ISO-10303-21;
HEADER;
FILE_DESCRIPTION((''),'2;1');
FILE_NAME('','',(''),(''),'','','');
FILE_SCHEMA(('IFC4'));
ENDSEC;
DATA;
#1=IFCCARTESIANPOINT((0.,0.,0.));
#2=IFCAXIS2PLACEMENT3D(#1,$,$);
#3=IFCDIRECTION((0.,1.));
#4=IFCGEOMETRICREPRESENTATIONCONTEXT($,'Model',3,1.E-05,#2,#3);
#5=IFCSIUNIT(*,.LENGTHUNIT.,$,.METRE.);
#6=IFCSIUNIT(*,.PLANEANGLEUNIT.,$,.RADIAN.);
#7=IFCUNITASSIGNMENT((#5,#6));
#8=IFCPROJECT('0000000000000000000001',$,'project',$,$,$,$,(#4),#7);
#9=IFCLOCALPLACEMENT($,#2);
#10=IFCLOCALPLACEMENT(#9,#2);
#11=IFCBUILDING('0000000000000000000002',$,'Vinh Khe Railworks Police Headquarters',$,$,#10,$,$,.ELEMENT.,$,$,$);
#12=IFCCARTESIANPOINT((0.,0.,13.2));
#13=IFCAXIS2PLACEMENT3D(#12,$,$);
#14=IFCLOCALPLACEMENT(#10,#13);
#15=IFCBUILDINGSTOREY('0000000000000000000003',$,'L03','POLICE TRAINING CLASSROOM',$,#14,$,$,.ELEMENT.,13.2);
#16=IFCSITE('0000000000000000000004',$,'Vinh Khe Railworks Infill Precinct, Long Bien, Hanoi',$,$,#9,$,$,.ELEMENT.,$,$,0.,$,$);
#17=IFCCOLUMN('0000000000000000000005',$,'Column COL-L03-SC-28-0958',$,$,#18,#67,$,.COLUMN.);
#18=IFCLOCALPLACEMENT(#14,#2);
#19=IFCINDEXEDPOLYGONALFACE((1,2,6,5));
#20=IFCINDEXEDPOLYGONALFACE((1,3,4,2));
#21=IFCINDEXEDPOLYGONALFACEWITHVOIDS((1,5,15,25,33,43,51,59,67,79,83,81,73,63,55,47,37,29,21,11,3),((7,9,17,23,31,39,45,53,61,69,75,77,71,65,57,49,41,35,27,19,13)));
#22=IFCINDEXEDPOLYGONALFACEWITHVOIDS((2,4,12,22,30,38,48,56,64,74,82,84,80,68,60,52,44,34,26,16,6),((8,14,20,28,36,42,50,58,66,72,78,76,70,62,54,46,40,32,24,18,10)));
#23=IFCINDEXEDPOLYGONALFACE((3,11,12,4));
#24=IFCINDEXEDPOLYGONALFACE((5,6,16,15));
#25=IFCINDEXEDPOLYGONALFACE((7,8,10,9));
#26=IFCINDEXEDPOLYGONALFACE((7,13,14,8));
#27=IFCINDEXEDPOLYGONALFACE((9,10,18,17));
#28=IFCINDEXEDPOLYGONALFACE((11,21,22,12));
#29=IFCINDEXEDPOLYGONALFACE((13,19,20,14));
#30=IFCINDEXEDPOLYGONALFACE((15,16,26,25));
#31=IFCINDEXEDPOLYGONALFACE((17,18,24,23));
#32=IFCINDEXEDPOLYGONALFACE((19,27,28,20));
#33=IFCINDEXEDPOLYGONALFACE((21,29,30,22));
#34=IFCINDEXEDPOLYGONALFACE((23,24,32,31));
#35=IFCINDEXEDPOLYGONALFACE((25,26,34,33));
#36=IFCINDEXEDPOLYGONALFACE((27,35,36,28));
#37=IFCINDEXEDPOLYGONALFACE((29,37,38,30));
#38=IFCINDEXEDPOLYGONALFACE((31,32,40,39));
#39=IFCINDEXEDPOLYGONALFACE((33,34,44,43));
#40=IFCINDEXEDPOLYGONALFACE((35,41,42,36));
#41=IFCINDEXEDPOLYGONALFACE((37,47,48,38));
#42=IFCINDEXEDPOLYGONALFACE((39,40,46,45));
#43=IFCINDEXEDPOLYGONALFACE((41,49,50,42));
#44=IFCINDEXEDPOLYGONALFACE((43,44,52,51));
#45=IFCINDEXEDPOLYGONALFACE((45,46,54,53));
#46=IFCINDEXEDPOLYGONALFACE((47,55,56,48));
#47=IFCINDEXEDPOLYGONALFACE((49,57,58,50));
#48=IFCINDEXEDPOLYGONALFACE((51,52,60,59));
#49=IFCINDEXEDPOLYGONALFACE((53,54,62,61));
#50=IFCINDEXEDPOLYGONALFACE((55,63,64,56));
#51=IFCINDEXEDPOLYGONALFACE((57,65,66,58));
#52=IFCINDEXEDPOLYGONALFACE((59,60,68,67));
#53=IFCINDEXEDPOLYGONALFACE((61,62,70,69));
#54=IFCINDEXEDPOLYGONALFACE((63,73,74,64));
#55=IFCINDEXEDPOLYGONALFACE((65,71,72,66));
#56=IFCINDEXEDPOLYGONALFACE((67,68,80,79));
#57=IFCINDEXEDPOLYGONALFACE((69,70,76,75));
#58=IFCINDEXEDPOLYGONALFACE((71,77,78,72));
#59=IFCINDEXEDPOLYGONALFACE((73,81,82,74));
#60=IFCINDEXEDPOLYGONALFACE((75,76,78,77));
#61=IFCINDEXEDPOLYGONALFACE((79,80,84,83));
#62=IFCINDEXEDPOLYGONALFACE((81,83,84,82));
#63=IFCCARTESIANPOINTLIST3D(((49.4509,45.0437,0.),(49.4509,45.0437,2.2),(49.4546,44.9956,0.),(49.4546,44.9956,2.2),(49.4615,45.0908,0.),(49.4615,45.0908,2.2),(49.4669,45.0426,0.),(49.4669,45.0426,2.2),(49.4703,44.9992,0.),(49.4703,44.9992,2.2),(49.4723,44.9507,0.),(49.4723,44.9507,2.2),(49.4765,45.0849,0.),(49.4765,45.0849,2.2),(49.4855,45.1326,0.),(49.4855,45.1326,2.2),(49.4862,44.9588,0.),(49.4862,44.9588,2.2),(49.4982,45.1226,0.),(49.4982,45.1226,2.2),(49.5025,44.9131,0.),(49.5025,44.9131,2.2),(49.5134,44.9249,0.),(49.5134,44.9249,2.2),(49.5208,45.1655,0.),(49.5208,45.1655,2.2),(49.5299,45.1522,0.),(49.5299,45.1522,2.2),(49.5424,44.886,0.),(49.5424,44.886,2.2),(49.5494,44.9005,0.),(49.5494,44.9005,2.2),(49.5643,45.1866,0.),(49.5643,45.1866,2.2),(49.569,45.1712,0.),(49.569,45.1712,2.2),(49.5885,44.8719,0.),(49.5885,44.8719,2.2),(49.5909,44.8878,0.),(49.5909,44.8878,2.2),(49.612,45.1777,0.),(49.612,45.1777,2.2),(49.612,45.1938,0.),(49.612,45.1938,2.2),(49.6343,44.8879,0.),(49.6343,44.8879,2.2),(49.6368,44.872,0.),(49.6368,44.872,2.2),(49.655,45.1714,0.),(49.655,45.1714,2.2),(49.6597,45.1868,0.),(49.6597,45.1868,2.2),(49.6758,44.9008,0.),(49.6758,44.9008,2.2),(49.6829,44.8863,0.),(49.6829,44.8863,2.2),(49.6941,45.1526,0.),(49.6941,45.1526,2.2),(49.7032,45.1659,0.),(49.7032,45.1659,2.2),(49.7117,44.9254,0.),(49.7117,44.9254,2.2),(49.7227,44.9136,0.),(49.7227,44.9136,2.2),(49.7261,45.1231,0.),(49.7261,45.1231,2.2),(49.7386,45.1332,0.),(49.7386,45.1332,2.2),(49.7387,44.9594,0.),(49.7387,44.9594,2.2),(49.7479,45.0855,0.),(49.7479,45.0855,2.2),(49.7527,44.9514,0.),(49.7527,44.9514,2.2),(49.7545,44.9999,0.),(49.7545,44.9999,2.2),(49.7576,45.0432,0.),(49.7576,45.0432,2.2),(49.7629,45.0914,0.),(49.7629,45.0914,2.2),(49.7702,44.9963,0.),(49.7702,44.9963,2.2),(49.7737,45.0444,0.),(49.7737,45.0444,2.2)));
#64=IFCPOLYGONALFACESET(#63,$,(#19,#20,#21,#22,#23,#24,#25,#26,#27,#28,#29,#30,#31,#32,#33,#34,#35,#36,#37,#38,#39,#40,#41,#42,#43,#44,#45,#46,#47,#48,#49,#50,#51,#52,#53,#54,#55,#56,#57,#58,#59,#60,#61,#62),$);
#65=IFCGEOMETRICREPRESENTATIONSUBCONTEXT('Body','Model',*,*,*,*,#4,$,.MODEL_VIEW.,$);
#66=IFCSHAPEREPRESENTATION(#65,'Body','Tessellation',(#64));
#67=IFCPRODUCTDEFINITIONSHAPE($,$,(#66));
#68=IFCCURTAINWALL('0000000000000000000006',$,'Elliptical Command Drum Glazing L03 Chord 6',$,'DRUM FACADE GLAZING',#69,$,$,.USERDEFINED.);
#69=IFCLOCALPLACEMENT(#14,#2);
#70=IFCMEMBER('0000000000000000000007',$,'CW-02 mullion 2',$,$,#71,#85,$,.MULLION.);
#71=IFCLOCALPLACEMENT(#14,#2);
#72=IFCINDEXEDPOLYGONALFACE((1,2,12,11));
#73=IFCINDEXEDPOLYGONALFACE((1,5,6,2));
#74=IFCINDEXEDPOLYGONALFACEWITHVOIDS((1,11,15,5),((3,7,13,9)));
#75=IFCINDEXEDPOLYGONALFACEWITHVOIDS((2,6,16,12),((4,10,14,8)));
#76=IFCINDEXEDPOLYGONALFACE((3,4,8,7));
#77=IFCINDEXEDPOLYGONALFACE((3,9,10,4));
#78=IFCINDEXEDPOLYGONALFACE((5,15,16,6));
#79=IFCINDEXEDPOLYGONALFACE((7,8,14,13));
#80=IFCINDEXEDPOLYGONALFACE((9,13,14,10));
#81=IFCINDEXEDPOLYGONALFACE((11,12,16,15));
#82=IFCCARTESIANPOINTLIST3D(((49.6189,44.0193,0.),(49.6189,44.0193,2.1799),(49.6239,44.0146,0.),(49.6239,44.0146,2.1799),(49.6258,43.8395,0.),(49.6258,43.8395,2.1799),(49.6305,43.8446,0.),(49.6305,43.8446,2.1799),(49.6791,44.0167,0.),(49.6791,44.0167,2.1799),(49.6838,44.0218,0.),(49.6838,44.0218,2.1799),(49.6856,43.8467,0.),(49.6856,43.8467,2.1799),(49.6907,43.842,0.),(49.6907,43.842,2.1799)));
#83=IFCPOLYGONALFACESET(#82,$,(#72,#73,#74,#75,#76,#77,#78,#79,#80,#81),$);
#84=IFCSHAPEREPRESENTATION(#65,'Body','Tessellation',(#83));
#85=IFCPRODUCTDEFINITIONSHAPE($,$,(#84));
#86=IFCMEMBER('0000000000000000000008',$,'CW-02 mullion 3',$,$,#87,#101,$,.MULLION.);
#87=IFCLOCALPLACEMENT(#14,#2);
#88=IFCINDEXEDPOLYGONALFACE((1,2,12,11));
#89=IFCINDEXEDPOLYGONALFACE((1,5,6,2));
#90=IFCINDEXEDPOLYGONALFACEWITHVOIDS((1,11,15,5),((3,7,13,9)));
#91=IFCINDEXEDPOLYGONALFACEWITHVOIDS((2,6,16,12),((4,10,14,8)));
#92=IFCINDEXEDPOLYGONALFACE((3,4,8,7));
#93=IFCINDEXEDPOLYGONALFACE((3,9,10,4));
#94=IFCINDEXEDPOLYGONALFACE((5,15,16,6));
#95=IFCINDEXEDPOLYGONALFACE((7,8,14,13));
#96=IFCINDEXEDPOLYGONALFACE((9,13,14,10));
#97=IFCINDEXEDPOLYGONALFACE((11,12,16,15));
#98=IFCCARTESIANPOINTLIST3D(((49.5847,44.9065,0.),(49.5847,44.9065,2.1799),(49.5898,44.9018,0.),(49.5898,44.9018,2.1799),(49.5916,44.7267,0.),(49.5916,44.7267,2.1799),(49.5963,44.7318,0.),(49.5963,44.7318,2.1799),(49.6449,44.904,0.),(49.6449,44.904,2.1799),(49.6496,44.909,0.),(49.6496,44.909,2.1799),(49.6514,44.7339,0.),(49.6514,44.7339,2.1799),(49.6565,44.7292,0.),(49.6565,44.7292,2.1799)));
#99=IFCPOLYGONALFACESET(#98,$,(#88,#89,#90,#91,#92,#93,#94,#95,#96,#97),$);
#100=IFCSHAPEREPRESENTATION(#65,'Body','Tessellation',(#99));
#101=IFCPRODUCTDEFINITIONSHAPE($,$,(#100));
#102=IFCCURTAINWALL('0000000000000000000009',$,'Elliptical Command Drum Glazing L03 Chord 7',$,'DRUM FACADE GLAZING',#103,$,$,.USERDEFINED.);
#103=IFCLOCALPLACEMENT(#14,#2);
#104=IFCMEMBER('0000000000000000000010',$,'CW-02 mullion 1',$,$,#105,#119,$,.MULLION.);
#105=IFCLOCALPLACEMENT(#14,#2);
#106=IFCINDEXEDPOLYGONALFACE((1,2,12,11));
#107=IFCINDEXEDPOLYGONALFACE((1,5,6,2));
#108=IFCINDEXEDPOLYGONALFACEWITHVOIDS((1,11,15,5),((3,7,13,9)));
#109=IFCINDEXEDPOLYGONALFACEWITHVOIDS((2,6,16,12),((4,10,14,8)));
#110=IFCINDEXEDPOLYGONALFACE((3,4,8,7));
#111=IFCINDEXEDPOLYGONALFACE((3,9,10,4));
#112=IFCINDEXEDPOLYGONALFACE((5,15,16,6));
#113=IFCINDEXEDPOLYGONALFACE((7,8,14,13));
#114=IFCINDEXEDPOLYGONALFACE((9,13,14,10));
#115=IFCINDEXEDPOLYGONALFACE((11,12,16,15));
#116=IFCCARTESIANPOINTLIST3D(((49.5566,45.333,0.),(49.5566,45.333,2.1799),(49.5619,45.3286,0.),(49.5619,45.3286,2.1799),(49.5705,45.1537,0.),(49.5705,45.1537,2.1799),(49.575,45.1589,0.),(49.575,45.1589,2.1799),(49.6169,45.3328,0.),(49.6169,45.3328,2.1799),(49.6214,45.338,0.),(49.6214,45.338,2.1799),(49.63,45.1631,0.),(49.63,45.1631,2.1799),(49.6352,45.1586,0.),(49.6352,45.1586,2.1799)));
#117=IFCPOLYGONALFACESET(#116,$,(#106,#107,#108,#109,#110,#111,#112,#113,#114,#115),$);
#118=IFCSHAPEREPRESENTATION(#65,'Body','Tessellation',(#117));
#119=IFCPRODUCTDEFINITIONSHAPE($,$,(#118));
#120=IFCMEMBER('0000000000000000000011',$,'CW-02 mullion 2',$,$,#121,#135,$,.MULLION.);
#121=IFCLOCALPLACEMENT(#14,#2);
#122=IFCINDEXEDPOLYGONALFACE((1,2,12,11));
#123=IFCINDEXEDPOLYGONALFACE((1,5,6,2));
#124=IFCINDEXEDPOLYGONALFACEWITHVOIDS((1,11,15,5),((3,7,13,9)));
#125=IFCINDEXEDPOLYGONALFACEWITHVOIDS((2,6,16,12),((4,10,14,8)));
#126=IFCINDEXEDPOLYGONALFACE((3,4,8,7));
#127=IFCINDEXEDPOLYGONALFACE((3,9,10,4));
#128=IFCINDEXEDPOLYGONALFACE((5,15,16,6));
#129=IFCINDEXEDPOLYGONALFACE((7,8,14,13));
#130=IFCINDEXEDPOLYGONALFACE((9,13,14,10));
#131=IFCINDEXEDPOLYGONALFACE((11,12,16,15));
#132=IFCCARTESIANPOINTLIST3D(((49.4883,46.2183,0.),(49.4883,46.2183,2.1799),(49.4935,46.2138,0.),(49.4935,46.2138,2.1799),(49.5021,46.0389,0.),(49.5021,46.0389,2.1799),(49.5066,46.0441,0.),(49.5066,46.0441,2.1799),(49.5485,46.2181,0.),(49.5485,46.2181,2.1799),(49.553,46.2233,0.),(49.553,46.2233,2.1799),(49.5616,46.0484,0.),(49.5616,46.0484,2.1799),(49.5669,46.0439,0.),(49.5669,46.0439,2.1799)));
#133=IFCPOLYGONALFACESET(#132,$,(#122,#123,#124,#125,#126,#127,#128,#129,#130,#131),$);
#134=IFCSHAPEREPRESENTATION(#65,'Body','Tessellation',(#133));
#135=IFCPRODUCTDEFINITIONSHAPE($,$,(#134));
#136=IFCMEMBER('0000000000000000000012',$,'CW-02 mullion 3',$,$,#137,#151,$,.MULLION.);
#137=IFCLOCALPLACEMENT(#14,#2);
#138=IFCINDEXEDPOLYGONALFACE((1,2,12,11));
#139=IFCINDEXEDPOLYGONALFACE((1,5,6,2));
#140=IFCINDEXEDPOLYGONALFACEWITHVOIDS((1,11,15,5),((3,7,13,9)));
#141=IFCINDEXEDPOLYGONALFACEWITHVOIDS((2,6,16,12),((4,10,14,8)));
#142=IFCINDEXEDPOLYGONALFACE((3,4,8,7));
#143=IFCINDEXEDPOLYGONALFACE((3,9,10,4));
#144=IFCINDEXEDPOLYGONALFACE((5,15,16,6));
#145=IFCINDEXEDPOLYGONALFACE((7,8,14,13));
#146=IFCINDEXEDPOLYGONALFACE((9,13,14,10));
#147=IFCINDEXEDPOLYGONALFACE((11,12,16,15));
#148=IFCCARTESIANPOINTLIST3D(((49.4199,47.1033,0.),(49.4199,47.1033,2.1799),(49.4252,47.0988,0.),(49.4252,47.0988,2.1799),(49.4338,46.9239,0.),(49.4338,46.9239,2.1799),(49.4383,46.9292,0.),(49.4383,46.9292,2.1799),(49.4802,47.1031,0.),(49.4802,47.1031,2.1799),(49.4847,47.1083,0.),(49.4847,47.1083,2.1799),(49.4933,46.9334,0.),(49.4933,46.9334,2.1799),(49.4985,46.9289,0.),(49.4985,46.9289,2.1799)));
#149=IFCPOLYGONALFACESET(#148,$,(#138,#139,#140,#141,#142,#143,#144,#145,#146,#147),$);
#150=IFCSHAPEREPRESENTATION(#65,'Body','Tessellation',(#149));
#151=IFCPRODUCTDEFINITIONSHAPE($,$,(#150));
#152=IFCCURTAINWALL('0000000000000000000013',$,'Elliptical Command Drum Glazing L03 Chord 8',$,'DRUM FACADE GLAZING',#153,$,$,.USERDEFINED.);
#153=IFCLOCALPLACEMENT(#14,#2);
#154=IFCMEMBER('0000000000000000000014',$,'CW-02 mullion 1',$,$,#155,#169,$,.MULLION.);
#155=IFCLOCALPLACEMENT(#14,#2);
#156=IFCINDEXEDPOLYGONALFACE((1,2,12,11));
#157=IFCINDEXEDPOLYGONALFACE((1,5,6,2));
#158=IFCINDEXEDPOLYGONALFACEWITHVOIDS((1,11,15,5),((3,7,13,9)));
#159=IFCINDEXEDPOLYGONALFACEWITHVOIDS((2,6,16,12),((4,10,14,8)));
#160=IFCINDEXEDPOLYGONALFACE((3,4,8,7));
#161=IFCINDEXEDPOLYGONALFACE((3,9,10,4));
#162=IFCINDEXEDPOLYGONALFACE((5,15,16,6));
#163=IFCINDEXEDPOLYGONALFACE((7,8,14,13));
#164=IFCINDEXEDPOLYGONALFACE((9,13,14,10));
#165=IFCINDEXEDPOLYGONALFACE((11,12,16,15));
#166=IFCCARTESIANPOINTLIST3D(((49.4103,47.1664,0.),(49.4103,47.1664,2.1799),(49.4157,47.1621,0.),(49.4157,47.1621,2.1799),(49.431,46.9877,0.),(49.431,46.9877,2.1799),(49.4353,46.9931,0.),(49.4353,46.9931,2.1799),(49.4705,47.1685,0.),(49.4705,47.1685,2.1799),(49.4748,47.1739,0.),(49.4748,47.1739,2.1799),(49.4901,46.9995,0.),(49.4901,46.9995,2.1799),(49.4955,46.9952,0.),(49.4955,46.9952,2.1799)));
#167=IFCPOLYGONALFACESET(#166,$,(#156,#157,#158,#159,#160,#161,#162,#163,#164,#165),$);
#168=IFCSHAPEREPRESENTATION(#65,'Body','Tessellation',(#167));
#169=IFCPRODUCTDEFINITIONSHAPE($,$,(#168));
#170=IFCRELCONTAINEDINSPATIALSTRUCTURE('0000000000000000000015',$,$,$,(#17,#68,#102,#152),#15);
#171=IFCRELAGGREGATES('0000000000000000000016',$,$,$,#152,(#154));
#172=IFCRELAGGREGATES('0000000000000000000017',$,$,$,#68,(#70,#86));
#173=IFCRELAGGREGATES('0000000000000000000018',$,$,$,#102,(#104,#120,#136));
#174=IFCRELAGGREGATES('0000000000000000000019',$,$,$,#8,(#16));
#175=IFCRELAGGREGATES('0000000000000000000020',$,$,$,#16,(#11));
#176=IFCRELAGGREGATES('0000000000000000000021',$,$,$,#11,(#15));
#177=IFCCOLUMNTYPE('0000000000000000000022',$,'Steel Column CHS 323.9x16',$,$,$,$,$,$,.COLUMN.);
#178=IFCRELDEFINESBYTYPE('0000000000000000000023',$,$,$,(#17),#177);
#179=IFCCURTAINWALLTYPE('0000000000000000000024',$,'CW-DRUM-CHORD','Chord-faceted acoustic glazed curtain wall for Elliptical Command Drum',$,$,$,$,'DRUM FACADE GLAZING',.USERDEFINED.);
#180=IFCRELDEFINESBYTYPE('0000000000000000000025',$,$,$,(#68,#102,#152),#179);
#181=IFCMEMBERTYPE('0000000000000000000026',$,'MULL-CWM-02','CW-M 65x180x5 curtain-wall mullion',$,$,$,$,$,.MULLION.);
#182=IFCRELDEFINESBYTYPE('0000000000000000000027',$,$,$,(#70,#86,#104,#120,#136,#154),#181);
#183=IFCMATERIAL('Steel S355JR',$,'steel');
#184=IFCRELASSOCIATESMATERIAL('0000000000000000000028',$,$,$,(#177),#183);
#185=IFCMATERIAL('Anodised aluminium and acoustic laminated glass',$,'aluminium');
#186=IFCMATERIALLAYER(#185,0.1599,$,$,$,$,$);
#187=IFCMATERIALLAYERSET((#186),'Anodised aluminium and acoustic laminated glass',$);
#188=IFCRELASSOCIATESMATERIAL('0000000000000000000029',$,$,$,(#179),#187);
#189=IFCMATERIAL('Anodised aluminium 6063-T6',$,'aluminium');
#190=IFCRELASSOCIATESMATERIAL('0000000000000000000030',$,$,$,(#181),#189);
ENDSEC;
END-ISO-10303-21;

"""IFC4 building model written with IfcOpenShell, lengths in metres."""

from ifc_helpers import new_model, si_unit, direction, frame, origin, origin_2d, place, context, subcontext, project, spatial, hollow_rectangle, hollow_circle, extrude, material, layer, layer_set, material_profile, profile_set, type_object, element, aggregate, save


model = new_model("IFC4")

# Units and contexts
model_context = context("Model", 3, precision=1e-05, world=origin(), true_north=direction((0.0, 1.0)))
body_context = subcontext(model_context, "Body", "Model", "MODEL_VIEW")
ifc_project = project(units=[si_unit("LENGTHUNIT", "METRE"), si_unit("PLANEANGLEUNIT", "RADIAN")], contexts=[model_context])

# Site, building, storey
site_placement = place(None, origin())
site = spatial("IfcSite", under=ifc_project, at=site_placement, Name="Vinh Khe Railworks Infill Precinct, Long Bien, Hanoi", CompositionType="ELEMENT", RefElevation=0.0)
building_placement = place(site_placement, origin())
building = spatial("IfcBuilding", under=site, at=building_placement, Name="Vinh Khe Railworks Police Headquarters", CompositionType="ELEMENT")
storey_placement = place(building_placement, frame((0.0, 0.0, 13.2)))
storey = spatial("IfcBuildingStorey", under=building, at=storey_placement, Name="L03", Description="POLICE TRAINING CLASSROOM", CompositionType="ELEMENT", Elevation=13.2)

# Column
ifc_material_1 = material(Name="Steel S355JR", Category="steel")
ifc_material_profile_1 = material_profile(ifc_material_1, hollow_circle(Radius=0.1619, WallThickness=0.0161, at=origin_2d()), Name="CHS 323.9x16")
ifc_profile_set_1 = profile_set([ifc_material_profile_1], Name="Steel S355JR")
column_type = type_object("IfcColumnType", Name="Steel Column CHS 323.9x16", PredefinedType="COLUMN", material=ifc_profile_set_1)
column_placement = place(storey_placement, frame((49.6123, 45.032, 0.0), z_axis=(0.0, 0.0, 1.0), x_axis=(0.997039, 0.076893, 0.0)))
element("IfcColumn", 1, at=column_placement, inside=storey, type_object=column_type, Name="Column COL-L03-SC-28-0958", PredefinedType="COLUMN", context=body_context, shape_type="SweptSolid", body=[
    extrude(hollow_circle(Radius=0.1619, WallThickness=0.0161, at=origin_2d()), origin(), (0.0, 0.0, 1.0), 2.2),
])

# Curtain walls, members
ifc_material_2 = material(Name="Anodised aluminium and acoustic laminated glass", Category="aluminium")
ifc_layer_1 = layer(ifc_material_2, 0.1599)
ifc_layer_set_1 = layer_set([ifc_layer_1], Name="Anodised aluminium and acoustic laminated glass")
curtain_wall_type = type_object("IfcCurtainWallType", Name="CW-DRUM-CHORD", Description="Chord-faceted acoustic glazed curtain wall for Elliptical Command Drum", ElementType="DRUM FACADE GLAZING", PredefinedType="USERDEFINED", material=ifc_layer_set_1)
curtain_wall_1_placement = place(storey_placement, origin())
curtain_wall_1 = element("IfcCurtainWall", 2, at=curtain_wall_1_placement, inside=storey, type_object=curtain_wall_type, Name="Elliptical Command Drum Glazing L03 Chord 6", ObjectType="DRUM FACADE GLAZING", PredefinedType="USERDEFINED")
ifc_material_3 = material(Name="Anodised aluminium 6063-T6", Category="aluminium")
ifc_material_profile_2 = material_profile(ifc_material_3, hollow_rectangle(XDim=0.0649, YDim=0.1799, WallThickness=0.0049, at=origin_2d()), Name="CW-M 65x180x5")
ifc_profile_set_2 = profile_set([ifc_material_profile_2], Name="Anodised aluminium 6063-T6")
member_type_1 = type_object("IfcMemberType", Name="MULL-CWM-02", Description="CW-M 65x180x5 curtain-wall mullion", PredefinedType="MULLION", material=ifc_profile_set_2)
member_1_placement = place(storey_placement, frame((49.6548, 43.9307, 0.0), z_axis=(0.0, 0.0, 1.0), x_axis=(-0.999258, -0.038513, 0.0)))
member_1 = element("IfcMember", 3, at=member_1_placement, type_object=member_type_1, Name="CW-02 mullion 2", PredefinedType="MULLION", context=body_context, shape_type="SweptSolid", body=[
    extrude(hollow_rectangle(XDim=0.0649, YDim=0.1799, WallThickness=0.0049, at=origin_2d()), origin(), (0.0, 0.0, 1.0), 2.1799),
])
member_2_placement = place(storey_placement, frame((49.6206, 44.8179, 0.0), z_axis=(0.0, 0.0, 1.0), x_axis=(-0.999258, -0.038513, 0.0)))
member_2 = element("IfcMember", 4, at=member_2_placement, type_object=member_type_1, Name="CW-02 mullion 3", PredefinedType="MULLION", context=body_context, shape_type="SweptSolid", body=[
    extrude(hollow_rectangle(XDim=0.0649, YDim=0.1799, WallThickness=0.0049, at=origin_2d()), origin(), (0.0, 0.0, 1.0), 2.1799),
])
curtain_wall_2_placement = place(storey_placement, origin())
curtain_wall_2 = element("IfcCurtainWall", 5, at=curtain_wall_2_placement, inside=storey, type_object=curtain_wall_type, Name="Elliptical Command Drum Glazing L03 Chord 7", ObjectType="DRUM FACADE GLAZING", PredefinedType="USERDEFINED")
member_3_placement = place(storey_placement, frame((49.5959, 45.2458, 0.0), z_axis=(0.0, 0.0, 1.0), x_axis=(-0.997033, -0.076969, 0.0)))
member_3 = element("IfcMember", 6, at=member_3_placement, type_object=member_type_1, Name="CW-02 mullion 1", PredefinedType="MULLION", context=body_context, shape_type="SweptSolid", body=[
    extrude(hollow_rectangle(XDim=0.0649, YDim=0.1799, WallThickness=0.0049, at=origin_2d()), origin(), (0.0, 0.0, 1.0), 2.1799),
])
member_4_placement = place(storey_placement, frame((49.5276, 46.1311, 0.0), z_axis=(0.0, 0.0, 1.0), x_axis=(-0.997033, -0.076969, 0.0)))
member_4 = element("IfcMember", 7, at=member_4_placement, type_object=member_type_1, Name="CW-02 mullion 2", PredefinedType="MULLION", context=body_context, shape_type="SweptSolid", body=[
    extrude(hollow_rectangle(XDim=0.0649, YDim=0.1799, WallThickness=0.0049, at=origin_2d()), origin(), (0.0, 0.0, 1.0), 2.1799),
])
member_5_placement = place(storey_placement, frame((49.4592, 47.0161, 0.0), z_axis=(0.0, 0.0, 1.0), x_axis=(-0.997033, -0.076969, 0.0)))
member_5 = element("IfcMember", 8, at=member_5_placement, type_object=member_type_1, Name="CW-02 mullion 3", PredefinedType="MULLION", context=body_context, shape_type="SweptSolid", body=[
    extrude(hollow_rectangle(XDim=0.0649, YDim=0.1799, WallThickness=0.0049, at=origin_2d()), origin(), (0.0, 0.0, 1.0), 2.1799),
])

# Curtain wall, member
curtain_wall_3_placement = place(storey_placement, origin())
curtain_wall_3 = element("IfcCurtainWall", 9, at=curtain_wall_3_placement, inside=storey, type_object=curtain_wall_type, Name="Elliptical Command Drum Glazing L03 Chord 8", ObjectType="DRUM FACADE GLAZING", PredefinedType="USERDEFINED")
member_6_placement = place(storey_placement, frame((49.4529, 47.0808, 0.0), z_axis=(0.0, 0.0, 1.0), x_axis=(-0.993329, -0.115318, 0.0)))
member_6 = element("IfcMember", 10, at=member_6_placement, type_object=member_type_1, Name="CW-02 mullion 1", PredefinedType="MULLION", context=body_context, shape_type="SweptSolid", body=[
    extrude(hollow_rectangle(XDim=0.0649, YDim=0.1799, WallThickness=0.0049, at=origin_2d()), origin(), (0.0, 0.0, 1.0), 2.1799),
])

aggregate(curtain_wall_3, [member_6])

aggregate(curtain_wall_1, [member_1, member_2])
aggregate(curtain_wall_2, [member_3, member_4, member_5])

save(model, "model.ifc")
